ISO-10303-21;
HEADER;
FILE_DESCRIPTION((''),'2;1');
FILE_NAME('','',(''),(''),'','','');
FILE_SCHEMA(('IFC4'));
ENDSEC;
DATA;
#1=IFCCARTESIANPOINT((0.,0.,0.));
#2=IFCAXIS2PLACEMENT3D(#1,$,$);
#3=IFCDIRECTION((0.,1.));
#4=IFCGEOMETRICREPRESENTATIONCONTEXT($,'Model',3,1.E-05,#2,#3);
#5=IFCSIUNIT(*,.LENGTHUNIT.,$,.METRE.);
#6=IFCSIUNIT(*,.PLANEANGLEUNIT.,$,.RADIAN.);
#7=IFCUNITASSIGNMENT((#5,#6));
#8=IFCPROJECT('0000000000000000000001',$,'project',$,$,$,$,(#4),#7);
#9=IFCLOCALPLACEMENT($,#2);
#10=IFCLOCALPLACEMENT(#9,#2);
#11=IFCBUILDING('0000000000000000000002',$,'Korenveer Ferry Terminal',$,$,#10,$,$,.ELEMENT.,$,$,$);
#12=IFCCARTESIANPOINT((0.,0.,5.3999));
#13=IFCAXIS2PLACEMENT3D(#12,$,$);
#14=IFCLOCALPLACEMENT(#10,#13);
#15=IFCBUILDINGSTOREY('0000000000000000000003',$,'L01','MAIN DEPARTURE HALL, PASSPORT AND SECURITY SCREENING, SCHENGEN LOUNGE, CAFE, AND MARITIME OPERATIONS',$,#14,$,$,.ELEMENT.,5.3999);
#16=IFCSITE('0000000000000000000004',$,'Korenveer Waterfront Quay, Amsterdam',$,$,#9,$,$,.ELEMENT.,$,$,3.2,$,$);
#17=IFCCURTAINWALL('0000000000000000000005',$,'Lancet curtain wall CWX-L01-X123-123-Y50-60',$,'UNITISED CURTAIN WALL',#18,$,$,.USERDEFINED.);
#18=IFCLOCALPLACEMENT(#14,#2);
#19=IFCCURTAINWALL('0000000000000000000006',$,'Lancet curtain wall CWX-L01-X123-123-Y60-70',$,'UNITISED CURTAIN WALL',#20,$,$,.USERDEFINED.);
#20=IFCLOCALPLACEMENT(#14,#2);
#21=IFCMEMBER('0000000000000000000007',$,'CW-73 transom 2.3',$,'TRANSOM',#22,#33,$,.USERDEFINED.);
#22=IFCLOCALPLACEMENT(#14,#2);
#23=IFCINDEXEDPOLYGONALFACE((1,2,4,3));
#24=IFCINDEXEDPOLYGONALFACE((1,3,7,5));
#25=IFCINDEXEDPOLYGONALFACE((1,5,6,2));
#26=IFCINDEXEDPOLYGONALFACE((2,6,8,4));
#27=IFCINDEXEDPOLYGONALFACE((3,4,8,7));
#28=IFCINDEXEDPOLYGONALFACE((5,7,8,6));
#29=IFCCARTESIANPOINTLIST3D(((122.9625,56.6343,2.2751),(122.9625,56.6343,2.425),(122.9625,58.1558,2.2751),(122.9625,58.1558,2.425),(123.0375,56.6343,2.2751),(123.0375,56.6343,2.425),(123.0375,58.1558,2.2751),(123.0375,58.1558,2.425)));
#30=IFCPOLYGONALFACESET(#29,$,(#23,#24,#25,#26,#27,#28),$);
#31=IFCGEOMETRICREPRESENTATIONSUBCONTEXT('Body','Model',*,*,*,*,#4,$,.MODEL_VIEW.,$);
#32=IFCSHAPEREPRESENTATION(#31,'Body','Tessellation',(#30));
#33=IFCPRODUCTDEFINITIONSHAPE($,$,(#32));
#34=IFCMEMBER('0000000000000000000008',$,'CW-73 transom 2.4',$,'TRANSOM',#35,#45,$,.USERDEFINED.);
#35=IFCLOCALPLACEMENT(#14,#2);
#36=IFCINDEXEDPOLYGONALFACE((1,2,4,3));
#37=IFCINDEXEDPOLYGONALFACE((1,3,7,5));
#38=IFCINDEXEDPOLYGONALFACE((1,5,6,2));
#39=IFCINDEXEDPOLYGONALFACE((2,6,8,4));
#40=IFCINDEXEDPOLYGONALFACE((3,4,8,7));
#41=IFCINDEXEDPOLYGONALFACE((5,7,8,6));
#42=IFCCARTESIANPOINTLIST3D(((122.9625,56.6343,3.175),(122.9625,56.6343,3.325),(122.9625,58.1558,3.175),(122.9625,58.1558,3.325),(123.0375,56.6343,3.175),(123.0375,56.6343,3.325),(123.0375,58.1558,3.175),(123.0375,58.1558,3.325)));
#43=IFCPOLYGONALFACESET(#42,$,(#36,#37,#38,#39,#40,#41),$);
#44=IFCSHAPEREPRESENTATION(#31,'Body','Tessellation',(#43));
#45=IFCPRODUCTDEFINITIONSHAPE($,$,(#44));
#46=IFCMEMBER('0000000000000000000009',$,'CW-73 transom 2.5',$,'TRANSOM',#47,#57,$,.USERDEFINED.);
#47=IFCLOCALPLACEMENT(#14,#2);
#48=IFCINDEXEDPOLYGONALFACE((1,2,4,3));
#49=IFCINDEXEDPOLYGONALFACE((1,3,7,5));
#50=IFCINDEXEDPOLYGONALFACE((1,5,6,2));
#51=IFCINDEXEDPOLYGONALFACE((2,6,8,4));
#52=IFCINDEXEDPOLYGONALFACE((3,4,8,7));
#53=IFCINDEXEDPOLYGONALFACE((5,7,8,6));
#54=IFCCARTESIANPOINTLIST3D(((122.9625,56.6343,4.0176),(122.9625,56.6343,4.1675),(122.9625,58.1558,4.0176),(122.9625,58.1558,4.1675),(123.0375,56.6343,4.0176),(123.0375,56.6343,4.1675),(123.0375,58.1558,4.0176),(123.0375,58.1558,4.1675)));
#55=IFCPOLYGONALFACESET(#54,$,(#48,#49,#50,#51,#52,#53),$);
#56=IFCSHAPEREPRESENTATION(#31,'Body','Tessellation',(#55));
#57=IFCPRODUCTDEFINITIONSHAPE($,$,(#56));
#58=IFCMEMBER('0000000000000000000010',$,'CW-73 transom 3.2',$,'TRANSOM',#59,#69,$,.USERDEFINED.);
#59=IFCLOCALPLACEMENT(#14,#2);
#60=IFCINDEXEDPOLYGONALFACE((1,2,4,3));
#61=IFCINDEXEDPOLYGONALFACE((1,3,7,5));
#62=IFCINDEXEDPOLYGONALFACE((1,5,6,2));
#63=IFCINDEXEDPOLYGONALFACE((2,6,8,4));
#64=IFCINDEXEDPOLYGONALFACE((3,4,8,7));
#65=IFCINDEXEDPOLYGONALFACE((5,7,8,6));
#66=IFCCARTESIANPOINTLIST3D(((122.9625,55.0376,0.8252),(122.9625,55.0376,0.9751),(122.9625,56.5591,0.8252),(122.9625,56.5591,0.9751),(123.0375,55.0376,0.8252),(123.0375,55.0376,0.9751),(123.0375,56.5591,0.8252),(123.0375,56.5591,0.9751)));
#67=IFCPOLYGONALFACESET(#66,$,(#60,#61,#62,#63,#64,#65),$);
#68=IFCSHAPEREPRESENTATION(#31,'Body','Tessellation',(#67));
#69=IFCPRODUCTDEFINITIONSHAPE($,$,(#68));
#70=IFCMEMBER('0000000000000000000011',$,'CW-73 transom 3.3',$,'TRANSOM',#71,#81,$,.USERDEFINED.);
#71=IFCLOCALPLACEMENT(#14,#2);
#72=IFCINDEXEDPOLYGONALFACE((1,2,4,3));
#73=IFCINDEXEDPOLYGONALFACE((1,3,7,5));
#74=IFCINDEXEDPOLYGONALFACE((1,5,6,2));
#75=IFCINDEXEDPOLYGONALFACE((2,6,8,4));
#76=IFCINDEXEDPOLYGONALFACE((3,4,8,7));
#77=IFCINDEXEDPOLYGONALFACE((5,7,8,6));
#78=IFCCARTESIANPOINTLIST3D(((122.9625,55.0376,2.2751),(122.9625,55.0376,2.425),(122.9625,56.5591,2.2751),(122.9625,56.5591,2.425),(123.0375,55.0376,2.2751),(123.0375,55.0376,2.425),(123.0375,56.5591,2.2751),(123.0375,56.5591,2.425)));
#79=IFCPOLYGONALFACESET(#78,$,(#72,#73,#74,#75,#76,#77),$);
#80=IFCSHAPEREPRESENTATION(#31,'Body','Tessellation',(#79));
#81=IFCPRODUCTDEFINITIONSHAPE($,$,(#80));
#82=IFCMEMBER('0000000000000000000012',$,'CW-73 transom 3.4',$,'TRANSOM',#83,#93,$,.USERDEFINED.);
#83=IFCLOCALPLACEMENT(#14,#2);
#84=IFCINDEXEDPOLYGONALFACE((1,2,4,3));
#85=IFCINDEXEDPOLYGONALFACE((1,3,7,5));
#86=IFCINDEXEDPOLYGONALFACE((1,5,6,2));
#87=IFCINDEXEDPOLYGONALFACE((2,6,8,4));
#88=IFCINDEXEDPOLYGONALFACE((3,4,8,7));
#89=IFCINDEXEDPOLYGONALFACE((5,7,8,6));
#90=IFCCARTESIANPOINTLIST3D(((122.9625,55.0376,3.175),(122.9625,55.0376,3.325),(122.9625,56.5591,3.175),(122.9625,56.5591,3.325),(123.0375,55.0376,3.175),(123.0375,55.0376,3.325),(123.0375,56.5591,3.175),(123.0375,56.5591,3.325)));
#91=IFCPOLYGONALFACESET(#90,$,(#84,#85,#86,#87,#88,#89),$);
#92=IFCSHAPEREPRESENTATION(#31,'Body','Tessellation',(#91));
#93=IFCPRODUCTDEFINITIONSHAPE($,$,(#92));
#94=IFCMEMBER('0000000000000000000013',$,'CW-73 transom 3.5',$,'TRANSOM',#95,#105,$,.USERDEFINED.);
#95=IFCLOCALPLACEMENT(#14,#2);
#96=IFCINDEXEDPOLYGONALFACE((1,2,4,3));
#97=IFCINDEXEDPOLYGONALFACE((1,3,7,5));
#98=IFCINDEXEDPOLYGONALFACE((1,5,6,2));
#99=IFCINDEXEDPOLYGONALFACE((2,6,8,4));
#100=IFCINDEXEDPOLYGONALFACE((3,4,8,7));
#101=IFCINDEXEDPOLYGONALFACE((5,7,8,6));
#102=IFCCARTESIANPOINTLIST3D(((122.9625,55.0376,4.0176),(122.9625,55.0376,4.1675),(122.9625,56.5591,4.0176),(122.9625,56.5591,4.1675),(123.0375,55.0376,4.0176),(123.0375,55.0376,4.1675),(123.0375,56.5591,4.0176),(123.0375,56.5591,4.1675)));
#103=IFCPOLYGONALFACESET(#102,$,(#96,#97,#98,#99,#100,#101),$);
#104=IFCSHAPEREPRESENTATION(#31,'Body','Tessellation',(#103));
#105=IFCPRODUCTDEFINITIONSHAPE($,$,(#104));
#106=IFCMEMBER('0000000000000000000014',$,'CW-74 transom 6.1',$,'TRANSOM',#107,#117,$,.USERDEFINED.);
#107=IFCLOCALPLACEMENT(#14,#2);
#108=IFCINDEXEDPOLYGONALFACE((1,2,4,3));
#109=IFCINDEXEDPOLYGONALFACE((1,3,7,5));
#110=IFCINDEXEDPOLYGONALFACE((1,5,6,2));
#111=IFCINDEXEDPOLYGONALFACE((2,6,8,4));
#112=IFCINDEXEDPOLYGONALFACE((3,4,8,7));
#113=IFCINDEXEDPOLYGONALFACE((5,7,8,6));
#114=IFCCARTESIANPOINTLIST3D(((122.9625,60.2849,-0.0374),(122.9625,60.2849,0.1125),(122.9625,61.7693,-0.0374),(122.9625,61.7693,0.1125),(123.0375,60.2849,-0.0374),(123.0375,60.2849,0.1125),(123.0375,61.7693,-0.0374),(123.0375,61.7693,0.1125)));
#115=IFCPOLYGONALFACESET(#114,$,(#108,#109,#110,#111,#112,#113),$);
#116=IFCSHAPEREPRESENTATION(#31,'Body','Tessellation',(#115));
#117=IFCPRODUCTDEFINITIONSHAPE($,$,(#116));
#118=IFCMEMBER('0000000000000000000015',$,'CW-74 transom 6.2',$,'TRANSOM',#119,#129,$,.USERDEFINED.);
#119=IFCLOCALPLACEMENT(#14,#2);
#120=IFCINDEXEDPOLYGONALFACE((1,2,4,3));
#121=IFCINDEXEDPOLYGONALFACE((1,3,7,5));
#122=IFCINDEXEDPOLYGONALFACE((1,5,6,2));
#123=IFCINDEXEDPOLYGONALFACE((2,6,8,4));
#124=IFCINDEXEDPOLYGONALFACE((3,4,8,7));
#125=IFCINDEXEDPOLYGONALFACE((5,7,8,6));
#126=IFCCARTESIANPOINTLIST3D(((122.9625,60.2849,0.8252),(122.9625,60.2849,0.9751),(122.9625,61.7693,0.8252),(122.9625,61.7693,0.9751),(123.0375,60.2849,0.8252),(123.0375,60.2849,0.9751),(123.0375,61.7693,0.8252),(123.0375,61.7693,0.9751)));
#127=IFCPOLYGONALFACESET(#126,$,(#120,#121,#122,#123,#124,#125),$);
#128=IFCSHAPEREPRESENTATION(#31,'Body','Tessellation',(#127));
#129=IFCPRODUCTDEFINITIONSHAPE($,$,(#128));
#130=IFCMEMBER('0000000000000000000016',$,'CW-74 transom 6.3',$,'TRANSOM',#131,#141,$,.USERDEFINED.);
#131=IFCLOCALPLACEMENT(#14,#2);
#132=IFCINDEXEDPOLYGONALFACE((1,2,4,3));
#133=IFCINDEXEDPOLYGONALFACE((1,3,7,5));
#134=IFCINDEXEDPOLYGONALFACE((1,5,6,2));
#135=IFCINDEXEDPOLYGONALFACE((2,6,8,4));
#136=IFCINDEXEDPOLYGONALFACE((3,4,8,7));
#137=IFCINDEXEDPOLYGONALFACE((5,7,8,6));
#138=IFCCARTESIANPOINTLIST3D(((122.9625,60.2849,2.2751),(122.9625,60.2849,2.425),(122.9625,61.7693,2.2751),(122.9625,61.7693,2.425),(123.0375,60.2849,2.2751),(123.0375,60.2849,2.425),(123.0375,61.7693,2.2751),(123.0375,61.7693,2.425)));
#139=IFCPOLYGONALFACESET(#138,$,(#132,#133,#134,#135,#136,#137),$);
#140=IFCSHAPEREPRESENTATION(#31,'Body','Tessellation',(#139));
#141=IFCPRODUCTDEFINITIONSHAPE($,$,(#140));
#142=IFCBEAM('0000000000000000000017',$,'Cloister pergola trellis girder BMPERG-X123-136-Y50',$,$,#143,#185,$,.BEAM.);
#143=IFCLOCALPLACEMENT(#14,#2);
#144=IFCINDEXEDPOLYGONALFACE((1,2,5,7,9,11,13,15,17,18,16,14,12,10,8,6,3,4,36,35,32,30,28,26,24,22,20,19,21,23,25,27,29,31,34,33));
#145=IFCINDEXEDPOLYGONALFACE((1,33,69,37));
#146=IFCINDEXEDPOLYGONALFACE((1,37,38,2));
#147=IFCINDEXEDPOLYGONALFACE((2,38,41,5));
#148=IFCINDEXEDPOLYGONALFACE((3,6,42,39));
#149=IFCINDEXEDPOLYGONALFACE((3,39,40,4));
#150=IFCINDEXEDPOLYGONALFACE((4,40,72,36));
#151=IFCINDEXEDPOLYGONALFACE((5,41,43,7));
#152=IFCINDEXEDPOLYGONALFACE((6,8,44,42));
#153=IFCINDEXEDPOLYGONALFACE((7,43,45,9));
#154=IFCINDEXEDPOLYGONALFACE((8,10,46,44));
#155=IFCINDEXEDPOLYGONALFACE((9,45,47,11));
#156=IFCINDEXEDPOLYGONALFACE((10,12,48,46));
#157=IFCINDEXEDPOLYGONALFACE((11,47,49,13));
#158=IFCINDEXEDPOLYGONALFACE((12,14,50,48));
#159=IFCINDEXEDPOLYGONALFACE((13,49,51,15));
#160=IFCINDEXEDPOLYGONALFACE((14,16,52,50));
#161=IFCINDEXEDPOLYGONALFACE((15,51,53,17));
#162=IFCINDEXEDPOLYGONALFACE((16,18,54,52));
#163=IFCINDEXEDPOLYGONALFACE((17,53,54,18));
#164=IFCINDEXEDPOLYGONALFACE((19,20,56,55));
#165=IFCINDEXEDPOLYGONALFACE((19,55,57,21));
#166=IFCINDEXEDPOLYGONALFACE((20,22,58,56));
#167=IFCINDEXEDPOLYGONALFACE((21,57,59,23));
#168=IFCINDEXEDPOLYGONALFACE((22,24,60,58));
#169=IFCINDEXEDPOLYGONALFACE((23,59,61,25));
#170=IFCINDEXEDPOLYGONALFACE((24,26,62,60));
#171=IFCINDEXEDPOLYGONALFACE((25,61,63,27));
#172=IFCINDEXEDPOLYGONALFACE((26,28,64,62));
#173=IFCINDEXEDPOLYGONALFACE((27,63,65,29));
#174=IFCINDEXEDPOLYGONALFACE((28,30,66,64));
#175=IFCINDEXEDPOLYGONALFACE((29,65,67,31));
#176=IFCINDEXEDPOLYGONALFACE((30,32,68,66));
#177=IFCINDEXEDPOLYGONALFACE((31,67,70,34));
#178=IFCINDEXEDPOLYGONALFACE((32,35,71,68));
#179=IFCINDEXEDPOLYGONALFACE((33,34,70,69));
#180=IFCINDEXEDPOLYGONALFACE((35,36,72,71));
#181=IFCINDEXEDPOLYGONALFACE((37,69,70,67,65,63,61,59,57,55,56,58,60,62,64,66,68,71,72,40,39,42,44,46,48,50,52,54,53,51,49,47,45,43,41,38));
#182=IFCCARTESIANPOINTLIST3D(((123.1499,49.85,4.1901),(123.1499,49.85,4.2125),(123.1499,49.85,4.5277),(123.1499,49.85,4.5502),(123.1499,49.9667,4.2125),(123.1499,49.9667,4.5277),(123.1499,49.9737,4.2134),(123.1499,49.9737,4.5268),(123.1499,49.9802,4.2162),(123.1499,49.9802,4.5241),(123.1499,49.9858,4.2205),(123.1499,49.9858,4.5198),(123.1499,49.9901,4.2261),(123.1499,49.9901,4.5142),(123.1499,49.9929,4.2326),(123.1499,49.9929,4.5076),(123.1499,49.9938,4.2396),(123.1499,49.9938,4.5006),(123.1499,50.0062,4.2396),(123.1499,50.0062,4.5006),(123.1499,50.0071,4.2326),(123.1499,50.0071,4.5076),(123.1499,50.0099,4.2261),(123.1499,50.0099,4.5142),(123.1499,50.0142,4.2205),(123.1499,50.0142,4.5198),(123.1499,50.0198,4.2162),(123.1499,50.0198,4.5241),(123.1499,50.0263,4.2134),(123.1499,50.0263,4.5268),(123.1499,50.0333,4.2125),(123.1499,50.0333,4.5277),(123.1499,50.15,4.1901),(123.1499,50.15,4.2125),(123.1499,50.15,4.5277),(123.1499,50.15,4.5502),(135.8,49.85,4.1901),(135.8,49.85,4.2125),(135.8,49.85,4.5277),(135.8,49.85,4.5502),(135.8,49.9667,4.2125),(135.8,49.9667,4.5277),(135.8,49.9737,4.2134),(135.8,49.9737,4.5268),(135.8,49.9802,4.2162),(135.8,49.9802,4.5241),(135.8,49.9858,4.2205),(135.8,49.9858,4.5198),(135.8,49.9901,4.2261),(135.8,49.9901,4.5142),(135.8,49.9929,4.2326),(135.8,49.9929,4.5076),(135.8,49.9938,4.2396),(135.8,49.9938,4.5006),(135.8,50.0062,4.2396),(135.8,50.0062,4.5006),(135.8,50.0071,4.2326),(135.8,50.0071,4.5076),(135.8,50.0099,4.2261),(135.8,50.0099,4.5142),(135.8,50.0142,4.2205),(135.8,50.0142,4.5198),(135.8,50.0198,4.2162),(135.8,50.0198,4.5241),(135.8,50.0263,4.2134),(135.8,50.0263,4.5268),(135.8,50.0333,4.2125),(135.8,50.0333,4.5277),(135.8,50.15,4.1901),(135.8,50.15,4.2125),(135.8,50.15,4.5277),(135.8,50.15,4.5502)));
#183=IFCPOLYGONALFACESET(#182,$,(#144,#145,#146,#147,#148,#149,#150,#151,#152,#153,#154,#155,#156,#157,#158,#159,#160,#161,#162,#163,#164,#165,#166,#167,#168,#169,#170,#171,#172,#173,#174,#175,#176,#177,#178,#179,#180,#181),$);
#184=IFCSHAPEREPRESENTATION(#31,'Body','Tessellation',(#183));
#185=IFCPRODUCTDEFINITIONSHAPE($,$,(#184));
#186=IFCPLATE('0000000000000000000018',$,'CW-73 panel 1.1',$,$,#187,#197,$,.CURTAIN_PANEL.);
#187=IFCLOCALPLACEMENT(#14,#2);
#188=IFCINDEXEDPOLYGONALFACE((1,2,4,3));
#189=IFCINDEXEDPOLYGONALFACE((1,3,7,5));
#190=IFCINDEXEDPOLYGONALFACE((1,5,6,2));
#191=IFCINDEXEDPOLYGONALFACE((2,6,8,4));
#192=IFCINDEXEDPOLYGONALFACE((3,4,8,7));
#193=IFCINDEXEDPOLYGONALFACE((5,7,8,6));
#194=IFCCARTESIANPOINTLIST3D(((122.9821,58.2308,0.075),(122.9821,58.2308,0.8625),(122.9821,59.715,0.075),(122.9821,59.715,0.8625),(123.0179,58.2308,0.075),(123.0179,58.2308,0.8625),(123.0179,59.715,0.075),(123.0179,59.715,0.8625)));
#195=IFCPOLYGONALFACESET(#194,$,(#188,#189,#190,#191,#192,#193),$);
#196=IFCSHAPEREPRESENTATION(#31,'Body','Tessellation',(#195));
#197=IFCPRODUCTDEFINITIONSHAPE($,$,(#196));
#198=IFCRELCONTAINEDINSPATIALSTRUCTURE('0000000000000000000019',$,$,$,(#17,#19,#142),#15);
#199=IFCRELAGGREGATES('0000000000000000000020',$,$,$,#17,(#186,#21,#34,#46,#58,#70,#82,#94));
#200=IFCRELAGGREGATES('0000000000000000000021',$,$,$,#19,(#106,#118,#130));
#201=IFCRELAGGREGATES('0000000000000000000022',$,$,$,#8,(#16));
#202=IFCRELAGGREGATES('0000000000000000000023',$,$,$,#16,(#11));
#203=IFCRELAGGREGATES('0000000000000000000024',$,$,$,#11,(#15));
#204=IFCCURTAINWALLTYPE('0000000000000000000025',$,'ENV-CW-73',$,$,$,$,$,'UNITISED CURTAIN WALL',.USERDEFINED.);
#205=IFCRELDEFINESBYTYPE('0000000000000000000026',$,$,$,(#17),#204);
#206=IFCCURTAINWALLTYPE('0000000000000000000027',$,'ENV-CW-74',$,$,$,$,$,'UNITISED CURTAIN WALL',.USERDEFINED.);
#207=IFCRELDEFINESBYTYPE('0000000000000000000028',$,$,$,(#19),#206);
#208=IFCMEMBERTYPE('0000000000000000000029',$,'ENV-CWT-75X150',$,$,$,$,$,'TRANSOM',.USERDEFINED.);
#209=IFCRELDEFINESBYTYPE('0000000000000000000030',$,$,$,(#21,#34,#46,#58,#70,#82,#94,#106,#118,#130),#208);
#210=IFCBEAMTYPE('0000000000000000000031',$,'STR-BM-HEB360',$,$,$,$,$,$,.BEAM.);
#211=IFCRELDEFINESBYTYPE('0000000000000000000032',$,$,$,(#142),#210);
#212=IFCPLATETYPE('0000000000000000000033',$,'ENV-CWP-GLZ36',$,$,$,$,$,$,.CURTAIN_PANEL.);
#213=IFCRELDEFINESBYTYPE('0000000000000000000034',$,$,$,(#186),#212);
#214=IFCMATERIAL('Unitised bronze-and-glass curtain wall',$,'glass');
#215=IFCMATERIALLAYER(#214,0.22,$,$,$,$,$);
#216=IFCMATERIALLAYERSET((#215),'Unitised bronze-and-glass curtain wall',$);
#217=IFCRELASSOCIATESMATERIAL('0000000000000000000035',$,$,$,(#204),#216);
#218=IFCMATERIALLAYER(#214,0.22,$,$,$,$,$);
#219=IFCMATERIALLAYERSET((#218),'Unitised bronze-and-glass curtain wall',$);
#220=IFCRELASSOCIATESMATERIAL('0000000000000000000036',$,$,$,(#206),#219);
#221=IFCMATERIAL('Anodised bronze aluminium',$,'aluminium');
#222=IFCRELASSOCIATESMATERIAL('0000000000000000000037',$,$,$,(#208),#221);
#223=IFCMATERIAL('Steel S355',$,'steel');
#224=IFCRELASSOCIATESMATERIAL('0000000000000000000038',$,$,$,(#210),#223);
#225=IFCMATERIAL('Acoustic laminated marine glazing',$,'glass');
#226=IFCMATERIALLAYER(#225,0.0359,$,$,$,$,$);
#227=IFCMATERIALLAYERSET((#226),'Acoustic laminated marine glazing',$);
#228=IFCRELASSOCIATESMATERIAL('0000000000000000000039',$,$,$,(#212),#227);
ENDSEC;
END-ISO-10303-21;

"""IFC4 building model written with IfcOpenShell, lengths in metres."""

from ifc_helpers import new_model, si_unit, direction, frame, origin, origin_2d, place, context, subcontext, project, spatial, rectangle, i_section, extrude, material, layer, layer_set, material_profile, profile_set, type_object, element, aggregate, save


model = new_model("IFC4")

# Units and contexts
model_context = context("Model", 3, precision=1e-05, world=origin(), true_north=direction((0.0, 1.0)))
body_context = subcontext(model_context, "Body", "Model", "MODEL_VIEW")
ifc_project = project(units=[si_unit("LENGTHUNIT", "METRE"), si_unit("PLANEANGLEUNIT", "RADIAN")], contexts=[model_context])

# Site, building, storey
site_placement = place(None, origin())
site = spatial("IfcSite", under=ifc_project, at=site_placement, Name="Korenveer Waterfront Quay, Amsterdam", CompositionType="ELEMENT", RefElevation=3.2)
building_placement = place(site_placement, origin())
building = spatial("IfcBuilding", under=site, at=building_placement, Name="Korenveer Ferry Terminal", CompositionType="ELEMENT")
storey_placement = place(building_placement, frame((0.0, 0.0, 5.3999)))
storey = spatial("IfcBuildingStorey", under=building, at=storey_placement, Name="L01", Description="MAIN DEPARTURE HALL, PASSPORT AND SECURITY SCREENING, SCHENGEN LOUNGE, CAFE, AND MARITIME OPERATIONS", CompositionType="ELEMENT", Elevation=5.3999)

# Shared definitions
ifc_material_1 = material(Name="Steel S355", Category="steel")

# Curtain wall
ifc_material_2 = material(Name="Unitised bronze-and-glass curtain wall", Category="glass")
ifc_layer_1 = layer(ifc_material_2, 0.22)
ifc_layer_set_1 = layer_set([ifc_layer_1], Name="Unitised bronze-and-glass curtain wall")
curtain_wall_type_1 = type_object("IfcCurtainWallType", Name="ENV-CW-73", ElementType="UNITISED CURTAIN WALL", PredefinedType="USERDEFINED", material=ifc_layer_set_1)
curtain_wall_1_placement = place(storey_placement, frame((123.0, 59.79, 0.0)))
curtain_wall_1 = element("IfcCurtainWall", 1, at=curtain_wall_1_placement, inside=storey, type_object=curtain_wall_type_1, Name="Lancet curtain wall CWX-L01-X123-123-Y50-60", ObjectType="UNITISED CURTAIN WALL", PredefinedType="USERDEFINED")
ifc_material_3 = material(Name="Anodised bronze aluminium", Category="aluminium")

# Curtain wall
ifc_layer_2 = layer(ifc_material_2, 0.22)
ifc_layer_set_2 = layer_set([ifc_layer_2], Name="Unitised bronze-and-glass curtain wall")
curtain_wall_type_2 = type_object("IfcCurtainWallType", Name="ENV-CW-74", ElementType="UNITISED CURTAIN WALL", PredefinedType="USERDEFINED", material=ifc_layer_set_2)
curtain_wall_2_placement = place(storey_placement, frame((123.0, 69.79, 0.0)))
curtain_wall_2 = element("IfcCurtainWall", 2, at=curtain_wall_2_placement, inside=storey, type_object=curtain_wall_type_2, Name="Lancet curtain wall CWX-L01-X123-123-Y60-70", ObjectType="UNITISED CURTAIN WALL", PredefinedType="USERDEFINED")

# Members
ifc_material_profile_1 = material_profile(ifc_material_3, rectangle(XDim=0.075, YDim=0.1499, at=origin_2d()), Name="ALU 75x150")
ifc_profile_set_1 = profile_set([ifc_material_profile_1], Name="Anodised bronze aluminium")
member_type_1 = type_object("IfcMemberType", Name="ENV-CWT-75X150", ElementType="TRANSOM", PredefinedType="USERDEFINED", material=ifc_profile_set_1)
member_1_placement = place(storey_placement, frame((123.0, 58.1558, 2.3501), z_axis=(0.0, -1.0, 0.0), x_axis=(1.0, 0.0, 0.0)))
member_1 = element("IfcMember", 3, at=member_1_placement, type_object=member_type_1, Name="CW-73 transom 2.3", ObjectType="TRANSOM", PredefinedType="USERDEFINED", context=body_context, shape_type="SweptSolid", body=[
    extrude(rectangle(XDim=0.075, YDim=0.1499, at=origin_2d()), origin(), (0.0, 0.0, 1.0), 1.5215),
])
member_2_placement = place(storey_placement, frame((123.0, 58.1558, 3.25), z_axis=(0.0, -1.0, 0.0), x_axis=(1.0, 0.0, 0.0)))
member_2 = element("IfcMember", 4, at=member_2_placement, type_object=member_type_1, Name="CW-73 transom 2.4", ObjectType="TRANSOM", PredefinedType="USERDEFINED", context=body_context, shape_type="SweptSolid", body=[
    extrude(rectangle(XDim=0.075, YDim=0.1499, at=origin_2d()), origin(), (0.0, 0.0, 1.0), 1.5215),
])
member_3_placement = place(storey_placement, frame((123.0, 58.1558, 4.0925), z_axis=(0.0, -1.0, 0.0), x_axis=(1.0, 0.0, 0.0)))
member_3 = element("IfcMember", 5, at=member_3_placement, type_object=member_type_1, Name="CW-73 transom 2.5", ObjectType="TRANSOM", PredefinedType="USERDEFINED", context=body_context, shape_type="SweptSolid", body=[
    extrude(rectangle(XDim=0.075, YDim=0.1499, at=origin_2d()), origin(), (0.0, 0.0, 1.0), 1.5215),
])
member_4_placement = place(storey_placement, frame((123.0, 56.5591, 0.9001), z_axis=(0.0, -1.0, 0.0), x_axis=(1.0, 0.0, 0.0)))
member_4 = element("IfcMember", 6, at=member_4_placement, type_object=member_type_1, Name="CW-73 transom 3.2", ObjectType="TRANSOM", PredefinedType="USERDEFINED", context=body_context, shape_type="SweptSolid", body=[
    extrude(rectangle(XDim=0.075, YDim=0.1499, at=origin_2d()), origin(), (0.0, 0.0, 1.0), 1.5215),
])
member_5_placement = place(storey_placement, frame((123.0, 56.5591, 2.3501), z_axis=(0.0, -1.0, 0.0), x_axis=(1.0, 0.0, 0.0)))
member_5 = element("IfcMember", 7, at=member_5_placement, type_object=member_type_1, Name="CW-73 transom 3.3", ObjectType="TRANSOM", PredefinedType="USERDEFINED", context=body_context, shape_type="SweptSolid", body=[
    extrude(rectangle(XDim=0.075, YDim=0.1499, at=origin_2d()), origin(), (0.0, 0.0, 1.0), 1.5215),
])
member_6_placement = place(storey_placement, frame((123.0, 56.5591, 3.25), z_axis=(0.0, -1.0, 0.0), x_axis=(1.0, 0.0, 0.0)))
member_6 = element("IfcMember", 8, at=member_6_placement, type_object=member_type_1, Name="CW-73 transom 3.4", ObjectType="TRANSOM", PredefinedType="USERDEFINED", context=body_context, shape_type="SweptSolid", body=[
    extrude(rectangle(XDim=0.075, YDim=0.1499, at=origin_2d()), origin(), (0.0, 0.0, 1.0), 1.5215),
])
member_7_placement = place(storey_placement, frame((123.0, 56.5591, 4.0925), z_axis=(0.0, -1.0, 0.0), x_axis=(1.0, 0.0, 0.0)))
member_7 = element("IfcMember", 9, at=member_7_placement, type_object=member_type_1, Name="CW-73 transom 3.5", ObjectType="TRANSOM", PredefinedType="USERDEFINED", context=body_context, shape_type="SweptSolid", body=[
    extrude(rectangle(XDim=0.075, YDim=0.1499, at=origin_2d()), origin(), (0.0, 0.0, 1.0), 1.5215),
])
member_8_placement = place(storey_placement, frame((123.0, 61.7693, 0.0376), z_axis=(0.0, -1.0, 0.0), x_axis=(1.0, 0.0, 0.0)))
member_8 = element("IfcMember", 10, at=member_8_placement, type_object=member_type_1, Name="CW-74 transom 6.1", ObjectType="TRANSOM", PredefinedType="USERDEFINED", context=body_context, shape_type="SweptSolid", body=[
    extrude(rectangle(XDim=0.075, YDim=0.1499, at=origin_2d()), origin(), (0.0, 0.0, 1.0), 1.4844),
])
member_9_placement = place(storey_placement, frame((123.0, 61.7693, 0.9001), z_axis=(0.0, -1.0, 0.0), x_axis=(1.0, 0.0, 0.0)))
member_9 = element("IfcMember", 11, at=member_9_placement, type_object=member_type_1, Name="CW-74 transom 6.2", ObjectType="TRANSOM", PredefinedType="USERDEFINED", context=body_context, shape_type="SweptSolid", body=[
    extrude(rectangle(XDim=0.075, YDim=0.1499, at=origin_2d()), origin(), (0.0, 0.0, 1.0), 1.4844),
])
member_10_placement = place(storey_placement, frame((123.0, 61.7693, 2.3501), z_axis=(0.0, -1.0, 0.0), x_axis=(1.0, 0.0, 0.0)))
member_10 = element("IfcMember", 12, at=member_10_placement, type_object=member_type_1, Name="CW-74 transom 6.3", ObjectType="TRANSOM", PredefinedType="USERDEFINED", context=body_context, shape_type="SweptSolid", body=[
    extrude(rectangle(XDim=0.075, YDim=0.1499, at=origin_2d()), origin(), (0.0, 0.0, 1.0), 1.4844),
])

# Beam
ifc_material_profile_2 = material_profile(ifc_material_1, i_section(OverallWidth=0.3, OverallDepth=0.3601, WebThickness=0.0125, FlangeThickness=0.0225, FilletRadius=0.0271, at=origin_2d()), Name="HEB 360")
ifc_profile_set_2 = profile_set([ifc_material_profile_2], Name="Steel S355")
beam_type = type_object("IfcBeamType", Name="STR-BM-HEB360", PredefinedType="BEAM", material=ifc_profile_set_2)
beam_placement = place(storey_placement, frame((123.1499, 50.0, 4.3701), z_axis=(1.0, 0.0, 0.0), x_axis=(0.0, 1.0, 0.0)))
element("IfcBeam", 13, at=beam_placement, inside=storey, type_object=beam_type, Name="Cloister pergola trellis girder BMPERG-X123-136-Y50", PredefinedType="BEAM", context=body_context, shape_type="SweptSolid", body=[
    extrude(i_section(OverallWidth=0.3, OverallDepth=0.3601, WebThickness=0.0125, FlangeThickness=0.0225, FilletRadius=0.0271, at=origin_2d()), origin(), (0.0, 0.0, 1.0), 12.6501),
])

# Plate
ifc_material_4 = material(Name="Acoustic laminated marine glazing", Category="glass")
ifc_layer_3 = layer(ifc_material_4, 0.0359)
ifc_layer_set_3 = layer_set([ifc_layer_3], Name="Acoustic laminated marine glazing")
plate_type = type_object("IfcPlateType", Name="ENV-CWP-GLZ36", PredefinedType="CURTAIN_PANEL", material=ifc_layer_set_3)
plate_1_placement = place(storey_placement, frame((123.0, 58.9729, 0.075), z_axis=(0.0, 0.0, 1.0), x_axis=(0.0, -1.0, 0.0)))
plate_1 = element("IfcPlate", 14, at=plate_1_placement, type_object=plate_type, Name="CW-73 panel 1.1", PredefinedType="CURTAIN_PANEL", context=body_context, shape_type="SweptSolid", body=[
    extrude(rectangle(XDim=1.4841, YDim=0.0359, at=origin_2d()), origin(), (0.0, 0.0, 1.0), 0.7876),
])
aggregate(curtain_wall_1, [plate_1, member_1, member_2, member_3, member_4, member_5, member_6, member_7])
aggregate(curtain_wall_2, [member_8, member_9, member_10])

save(model, "model.ifc")
